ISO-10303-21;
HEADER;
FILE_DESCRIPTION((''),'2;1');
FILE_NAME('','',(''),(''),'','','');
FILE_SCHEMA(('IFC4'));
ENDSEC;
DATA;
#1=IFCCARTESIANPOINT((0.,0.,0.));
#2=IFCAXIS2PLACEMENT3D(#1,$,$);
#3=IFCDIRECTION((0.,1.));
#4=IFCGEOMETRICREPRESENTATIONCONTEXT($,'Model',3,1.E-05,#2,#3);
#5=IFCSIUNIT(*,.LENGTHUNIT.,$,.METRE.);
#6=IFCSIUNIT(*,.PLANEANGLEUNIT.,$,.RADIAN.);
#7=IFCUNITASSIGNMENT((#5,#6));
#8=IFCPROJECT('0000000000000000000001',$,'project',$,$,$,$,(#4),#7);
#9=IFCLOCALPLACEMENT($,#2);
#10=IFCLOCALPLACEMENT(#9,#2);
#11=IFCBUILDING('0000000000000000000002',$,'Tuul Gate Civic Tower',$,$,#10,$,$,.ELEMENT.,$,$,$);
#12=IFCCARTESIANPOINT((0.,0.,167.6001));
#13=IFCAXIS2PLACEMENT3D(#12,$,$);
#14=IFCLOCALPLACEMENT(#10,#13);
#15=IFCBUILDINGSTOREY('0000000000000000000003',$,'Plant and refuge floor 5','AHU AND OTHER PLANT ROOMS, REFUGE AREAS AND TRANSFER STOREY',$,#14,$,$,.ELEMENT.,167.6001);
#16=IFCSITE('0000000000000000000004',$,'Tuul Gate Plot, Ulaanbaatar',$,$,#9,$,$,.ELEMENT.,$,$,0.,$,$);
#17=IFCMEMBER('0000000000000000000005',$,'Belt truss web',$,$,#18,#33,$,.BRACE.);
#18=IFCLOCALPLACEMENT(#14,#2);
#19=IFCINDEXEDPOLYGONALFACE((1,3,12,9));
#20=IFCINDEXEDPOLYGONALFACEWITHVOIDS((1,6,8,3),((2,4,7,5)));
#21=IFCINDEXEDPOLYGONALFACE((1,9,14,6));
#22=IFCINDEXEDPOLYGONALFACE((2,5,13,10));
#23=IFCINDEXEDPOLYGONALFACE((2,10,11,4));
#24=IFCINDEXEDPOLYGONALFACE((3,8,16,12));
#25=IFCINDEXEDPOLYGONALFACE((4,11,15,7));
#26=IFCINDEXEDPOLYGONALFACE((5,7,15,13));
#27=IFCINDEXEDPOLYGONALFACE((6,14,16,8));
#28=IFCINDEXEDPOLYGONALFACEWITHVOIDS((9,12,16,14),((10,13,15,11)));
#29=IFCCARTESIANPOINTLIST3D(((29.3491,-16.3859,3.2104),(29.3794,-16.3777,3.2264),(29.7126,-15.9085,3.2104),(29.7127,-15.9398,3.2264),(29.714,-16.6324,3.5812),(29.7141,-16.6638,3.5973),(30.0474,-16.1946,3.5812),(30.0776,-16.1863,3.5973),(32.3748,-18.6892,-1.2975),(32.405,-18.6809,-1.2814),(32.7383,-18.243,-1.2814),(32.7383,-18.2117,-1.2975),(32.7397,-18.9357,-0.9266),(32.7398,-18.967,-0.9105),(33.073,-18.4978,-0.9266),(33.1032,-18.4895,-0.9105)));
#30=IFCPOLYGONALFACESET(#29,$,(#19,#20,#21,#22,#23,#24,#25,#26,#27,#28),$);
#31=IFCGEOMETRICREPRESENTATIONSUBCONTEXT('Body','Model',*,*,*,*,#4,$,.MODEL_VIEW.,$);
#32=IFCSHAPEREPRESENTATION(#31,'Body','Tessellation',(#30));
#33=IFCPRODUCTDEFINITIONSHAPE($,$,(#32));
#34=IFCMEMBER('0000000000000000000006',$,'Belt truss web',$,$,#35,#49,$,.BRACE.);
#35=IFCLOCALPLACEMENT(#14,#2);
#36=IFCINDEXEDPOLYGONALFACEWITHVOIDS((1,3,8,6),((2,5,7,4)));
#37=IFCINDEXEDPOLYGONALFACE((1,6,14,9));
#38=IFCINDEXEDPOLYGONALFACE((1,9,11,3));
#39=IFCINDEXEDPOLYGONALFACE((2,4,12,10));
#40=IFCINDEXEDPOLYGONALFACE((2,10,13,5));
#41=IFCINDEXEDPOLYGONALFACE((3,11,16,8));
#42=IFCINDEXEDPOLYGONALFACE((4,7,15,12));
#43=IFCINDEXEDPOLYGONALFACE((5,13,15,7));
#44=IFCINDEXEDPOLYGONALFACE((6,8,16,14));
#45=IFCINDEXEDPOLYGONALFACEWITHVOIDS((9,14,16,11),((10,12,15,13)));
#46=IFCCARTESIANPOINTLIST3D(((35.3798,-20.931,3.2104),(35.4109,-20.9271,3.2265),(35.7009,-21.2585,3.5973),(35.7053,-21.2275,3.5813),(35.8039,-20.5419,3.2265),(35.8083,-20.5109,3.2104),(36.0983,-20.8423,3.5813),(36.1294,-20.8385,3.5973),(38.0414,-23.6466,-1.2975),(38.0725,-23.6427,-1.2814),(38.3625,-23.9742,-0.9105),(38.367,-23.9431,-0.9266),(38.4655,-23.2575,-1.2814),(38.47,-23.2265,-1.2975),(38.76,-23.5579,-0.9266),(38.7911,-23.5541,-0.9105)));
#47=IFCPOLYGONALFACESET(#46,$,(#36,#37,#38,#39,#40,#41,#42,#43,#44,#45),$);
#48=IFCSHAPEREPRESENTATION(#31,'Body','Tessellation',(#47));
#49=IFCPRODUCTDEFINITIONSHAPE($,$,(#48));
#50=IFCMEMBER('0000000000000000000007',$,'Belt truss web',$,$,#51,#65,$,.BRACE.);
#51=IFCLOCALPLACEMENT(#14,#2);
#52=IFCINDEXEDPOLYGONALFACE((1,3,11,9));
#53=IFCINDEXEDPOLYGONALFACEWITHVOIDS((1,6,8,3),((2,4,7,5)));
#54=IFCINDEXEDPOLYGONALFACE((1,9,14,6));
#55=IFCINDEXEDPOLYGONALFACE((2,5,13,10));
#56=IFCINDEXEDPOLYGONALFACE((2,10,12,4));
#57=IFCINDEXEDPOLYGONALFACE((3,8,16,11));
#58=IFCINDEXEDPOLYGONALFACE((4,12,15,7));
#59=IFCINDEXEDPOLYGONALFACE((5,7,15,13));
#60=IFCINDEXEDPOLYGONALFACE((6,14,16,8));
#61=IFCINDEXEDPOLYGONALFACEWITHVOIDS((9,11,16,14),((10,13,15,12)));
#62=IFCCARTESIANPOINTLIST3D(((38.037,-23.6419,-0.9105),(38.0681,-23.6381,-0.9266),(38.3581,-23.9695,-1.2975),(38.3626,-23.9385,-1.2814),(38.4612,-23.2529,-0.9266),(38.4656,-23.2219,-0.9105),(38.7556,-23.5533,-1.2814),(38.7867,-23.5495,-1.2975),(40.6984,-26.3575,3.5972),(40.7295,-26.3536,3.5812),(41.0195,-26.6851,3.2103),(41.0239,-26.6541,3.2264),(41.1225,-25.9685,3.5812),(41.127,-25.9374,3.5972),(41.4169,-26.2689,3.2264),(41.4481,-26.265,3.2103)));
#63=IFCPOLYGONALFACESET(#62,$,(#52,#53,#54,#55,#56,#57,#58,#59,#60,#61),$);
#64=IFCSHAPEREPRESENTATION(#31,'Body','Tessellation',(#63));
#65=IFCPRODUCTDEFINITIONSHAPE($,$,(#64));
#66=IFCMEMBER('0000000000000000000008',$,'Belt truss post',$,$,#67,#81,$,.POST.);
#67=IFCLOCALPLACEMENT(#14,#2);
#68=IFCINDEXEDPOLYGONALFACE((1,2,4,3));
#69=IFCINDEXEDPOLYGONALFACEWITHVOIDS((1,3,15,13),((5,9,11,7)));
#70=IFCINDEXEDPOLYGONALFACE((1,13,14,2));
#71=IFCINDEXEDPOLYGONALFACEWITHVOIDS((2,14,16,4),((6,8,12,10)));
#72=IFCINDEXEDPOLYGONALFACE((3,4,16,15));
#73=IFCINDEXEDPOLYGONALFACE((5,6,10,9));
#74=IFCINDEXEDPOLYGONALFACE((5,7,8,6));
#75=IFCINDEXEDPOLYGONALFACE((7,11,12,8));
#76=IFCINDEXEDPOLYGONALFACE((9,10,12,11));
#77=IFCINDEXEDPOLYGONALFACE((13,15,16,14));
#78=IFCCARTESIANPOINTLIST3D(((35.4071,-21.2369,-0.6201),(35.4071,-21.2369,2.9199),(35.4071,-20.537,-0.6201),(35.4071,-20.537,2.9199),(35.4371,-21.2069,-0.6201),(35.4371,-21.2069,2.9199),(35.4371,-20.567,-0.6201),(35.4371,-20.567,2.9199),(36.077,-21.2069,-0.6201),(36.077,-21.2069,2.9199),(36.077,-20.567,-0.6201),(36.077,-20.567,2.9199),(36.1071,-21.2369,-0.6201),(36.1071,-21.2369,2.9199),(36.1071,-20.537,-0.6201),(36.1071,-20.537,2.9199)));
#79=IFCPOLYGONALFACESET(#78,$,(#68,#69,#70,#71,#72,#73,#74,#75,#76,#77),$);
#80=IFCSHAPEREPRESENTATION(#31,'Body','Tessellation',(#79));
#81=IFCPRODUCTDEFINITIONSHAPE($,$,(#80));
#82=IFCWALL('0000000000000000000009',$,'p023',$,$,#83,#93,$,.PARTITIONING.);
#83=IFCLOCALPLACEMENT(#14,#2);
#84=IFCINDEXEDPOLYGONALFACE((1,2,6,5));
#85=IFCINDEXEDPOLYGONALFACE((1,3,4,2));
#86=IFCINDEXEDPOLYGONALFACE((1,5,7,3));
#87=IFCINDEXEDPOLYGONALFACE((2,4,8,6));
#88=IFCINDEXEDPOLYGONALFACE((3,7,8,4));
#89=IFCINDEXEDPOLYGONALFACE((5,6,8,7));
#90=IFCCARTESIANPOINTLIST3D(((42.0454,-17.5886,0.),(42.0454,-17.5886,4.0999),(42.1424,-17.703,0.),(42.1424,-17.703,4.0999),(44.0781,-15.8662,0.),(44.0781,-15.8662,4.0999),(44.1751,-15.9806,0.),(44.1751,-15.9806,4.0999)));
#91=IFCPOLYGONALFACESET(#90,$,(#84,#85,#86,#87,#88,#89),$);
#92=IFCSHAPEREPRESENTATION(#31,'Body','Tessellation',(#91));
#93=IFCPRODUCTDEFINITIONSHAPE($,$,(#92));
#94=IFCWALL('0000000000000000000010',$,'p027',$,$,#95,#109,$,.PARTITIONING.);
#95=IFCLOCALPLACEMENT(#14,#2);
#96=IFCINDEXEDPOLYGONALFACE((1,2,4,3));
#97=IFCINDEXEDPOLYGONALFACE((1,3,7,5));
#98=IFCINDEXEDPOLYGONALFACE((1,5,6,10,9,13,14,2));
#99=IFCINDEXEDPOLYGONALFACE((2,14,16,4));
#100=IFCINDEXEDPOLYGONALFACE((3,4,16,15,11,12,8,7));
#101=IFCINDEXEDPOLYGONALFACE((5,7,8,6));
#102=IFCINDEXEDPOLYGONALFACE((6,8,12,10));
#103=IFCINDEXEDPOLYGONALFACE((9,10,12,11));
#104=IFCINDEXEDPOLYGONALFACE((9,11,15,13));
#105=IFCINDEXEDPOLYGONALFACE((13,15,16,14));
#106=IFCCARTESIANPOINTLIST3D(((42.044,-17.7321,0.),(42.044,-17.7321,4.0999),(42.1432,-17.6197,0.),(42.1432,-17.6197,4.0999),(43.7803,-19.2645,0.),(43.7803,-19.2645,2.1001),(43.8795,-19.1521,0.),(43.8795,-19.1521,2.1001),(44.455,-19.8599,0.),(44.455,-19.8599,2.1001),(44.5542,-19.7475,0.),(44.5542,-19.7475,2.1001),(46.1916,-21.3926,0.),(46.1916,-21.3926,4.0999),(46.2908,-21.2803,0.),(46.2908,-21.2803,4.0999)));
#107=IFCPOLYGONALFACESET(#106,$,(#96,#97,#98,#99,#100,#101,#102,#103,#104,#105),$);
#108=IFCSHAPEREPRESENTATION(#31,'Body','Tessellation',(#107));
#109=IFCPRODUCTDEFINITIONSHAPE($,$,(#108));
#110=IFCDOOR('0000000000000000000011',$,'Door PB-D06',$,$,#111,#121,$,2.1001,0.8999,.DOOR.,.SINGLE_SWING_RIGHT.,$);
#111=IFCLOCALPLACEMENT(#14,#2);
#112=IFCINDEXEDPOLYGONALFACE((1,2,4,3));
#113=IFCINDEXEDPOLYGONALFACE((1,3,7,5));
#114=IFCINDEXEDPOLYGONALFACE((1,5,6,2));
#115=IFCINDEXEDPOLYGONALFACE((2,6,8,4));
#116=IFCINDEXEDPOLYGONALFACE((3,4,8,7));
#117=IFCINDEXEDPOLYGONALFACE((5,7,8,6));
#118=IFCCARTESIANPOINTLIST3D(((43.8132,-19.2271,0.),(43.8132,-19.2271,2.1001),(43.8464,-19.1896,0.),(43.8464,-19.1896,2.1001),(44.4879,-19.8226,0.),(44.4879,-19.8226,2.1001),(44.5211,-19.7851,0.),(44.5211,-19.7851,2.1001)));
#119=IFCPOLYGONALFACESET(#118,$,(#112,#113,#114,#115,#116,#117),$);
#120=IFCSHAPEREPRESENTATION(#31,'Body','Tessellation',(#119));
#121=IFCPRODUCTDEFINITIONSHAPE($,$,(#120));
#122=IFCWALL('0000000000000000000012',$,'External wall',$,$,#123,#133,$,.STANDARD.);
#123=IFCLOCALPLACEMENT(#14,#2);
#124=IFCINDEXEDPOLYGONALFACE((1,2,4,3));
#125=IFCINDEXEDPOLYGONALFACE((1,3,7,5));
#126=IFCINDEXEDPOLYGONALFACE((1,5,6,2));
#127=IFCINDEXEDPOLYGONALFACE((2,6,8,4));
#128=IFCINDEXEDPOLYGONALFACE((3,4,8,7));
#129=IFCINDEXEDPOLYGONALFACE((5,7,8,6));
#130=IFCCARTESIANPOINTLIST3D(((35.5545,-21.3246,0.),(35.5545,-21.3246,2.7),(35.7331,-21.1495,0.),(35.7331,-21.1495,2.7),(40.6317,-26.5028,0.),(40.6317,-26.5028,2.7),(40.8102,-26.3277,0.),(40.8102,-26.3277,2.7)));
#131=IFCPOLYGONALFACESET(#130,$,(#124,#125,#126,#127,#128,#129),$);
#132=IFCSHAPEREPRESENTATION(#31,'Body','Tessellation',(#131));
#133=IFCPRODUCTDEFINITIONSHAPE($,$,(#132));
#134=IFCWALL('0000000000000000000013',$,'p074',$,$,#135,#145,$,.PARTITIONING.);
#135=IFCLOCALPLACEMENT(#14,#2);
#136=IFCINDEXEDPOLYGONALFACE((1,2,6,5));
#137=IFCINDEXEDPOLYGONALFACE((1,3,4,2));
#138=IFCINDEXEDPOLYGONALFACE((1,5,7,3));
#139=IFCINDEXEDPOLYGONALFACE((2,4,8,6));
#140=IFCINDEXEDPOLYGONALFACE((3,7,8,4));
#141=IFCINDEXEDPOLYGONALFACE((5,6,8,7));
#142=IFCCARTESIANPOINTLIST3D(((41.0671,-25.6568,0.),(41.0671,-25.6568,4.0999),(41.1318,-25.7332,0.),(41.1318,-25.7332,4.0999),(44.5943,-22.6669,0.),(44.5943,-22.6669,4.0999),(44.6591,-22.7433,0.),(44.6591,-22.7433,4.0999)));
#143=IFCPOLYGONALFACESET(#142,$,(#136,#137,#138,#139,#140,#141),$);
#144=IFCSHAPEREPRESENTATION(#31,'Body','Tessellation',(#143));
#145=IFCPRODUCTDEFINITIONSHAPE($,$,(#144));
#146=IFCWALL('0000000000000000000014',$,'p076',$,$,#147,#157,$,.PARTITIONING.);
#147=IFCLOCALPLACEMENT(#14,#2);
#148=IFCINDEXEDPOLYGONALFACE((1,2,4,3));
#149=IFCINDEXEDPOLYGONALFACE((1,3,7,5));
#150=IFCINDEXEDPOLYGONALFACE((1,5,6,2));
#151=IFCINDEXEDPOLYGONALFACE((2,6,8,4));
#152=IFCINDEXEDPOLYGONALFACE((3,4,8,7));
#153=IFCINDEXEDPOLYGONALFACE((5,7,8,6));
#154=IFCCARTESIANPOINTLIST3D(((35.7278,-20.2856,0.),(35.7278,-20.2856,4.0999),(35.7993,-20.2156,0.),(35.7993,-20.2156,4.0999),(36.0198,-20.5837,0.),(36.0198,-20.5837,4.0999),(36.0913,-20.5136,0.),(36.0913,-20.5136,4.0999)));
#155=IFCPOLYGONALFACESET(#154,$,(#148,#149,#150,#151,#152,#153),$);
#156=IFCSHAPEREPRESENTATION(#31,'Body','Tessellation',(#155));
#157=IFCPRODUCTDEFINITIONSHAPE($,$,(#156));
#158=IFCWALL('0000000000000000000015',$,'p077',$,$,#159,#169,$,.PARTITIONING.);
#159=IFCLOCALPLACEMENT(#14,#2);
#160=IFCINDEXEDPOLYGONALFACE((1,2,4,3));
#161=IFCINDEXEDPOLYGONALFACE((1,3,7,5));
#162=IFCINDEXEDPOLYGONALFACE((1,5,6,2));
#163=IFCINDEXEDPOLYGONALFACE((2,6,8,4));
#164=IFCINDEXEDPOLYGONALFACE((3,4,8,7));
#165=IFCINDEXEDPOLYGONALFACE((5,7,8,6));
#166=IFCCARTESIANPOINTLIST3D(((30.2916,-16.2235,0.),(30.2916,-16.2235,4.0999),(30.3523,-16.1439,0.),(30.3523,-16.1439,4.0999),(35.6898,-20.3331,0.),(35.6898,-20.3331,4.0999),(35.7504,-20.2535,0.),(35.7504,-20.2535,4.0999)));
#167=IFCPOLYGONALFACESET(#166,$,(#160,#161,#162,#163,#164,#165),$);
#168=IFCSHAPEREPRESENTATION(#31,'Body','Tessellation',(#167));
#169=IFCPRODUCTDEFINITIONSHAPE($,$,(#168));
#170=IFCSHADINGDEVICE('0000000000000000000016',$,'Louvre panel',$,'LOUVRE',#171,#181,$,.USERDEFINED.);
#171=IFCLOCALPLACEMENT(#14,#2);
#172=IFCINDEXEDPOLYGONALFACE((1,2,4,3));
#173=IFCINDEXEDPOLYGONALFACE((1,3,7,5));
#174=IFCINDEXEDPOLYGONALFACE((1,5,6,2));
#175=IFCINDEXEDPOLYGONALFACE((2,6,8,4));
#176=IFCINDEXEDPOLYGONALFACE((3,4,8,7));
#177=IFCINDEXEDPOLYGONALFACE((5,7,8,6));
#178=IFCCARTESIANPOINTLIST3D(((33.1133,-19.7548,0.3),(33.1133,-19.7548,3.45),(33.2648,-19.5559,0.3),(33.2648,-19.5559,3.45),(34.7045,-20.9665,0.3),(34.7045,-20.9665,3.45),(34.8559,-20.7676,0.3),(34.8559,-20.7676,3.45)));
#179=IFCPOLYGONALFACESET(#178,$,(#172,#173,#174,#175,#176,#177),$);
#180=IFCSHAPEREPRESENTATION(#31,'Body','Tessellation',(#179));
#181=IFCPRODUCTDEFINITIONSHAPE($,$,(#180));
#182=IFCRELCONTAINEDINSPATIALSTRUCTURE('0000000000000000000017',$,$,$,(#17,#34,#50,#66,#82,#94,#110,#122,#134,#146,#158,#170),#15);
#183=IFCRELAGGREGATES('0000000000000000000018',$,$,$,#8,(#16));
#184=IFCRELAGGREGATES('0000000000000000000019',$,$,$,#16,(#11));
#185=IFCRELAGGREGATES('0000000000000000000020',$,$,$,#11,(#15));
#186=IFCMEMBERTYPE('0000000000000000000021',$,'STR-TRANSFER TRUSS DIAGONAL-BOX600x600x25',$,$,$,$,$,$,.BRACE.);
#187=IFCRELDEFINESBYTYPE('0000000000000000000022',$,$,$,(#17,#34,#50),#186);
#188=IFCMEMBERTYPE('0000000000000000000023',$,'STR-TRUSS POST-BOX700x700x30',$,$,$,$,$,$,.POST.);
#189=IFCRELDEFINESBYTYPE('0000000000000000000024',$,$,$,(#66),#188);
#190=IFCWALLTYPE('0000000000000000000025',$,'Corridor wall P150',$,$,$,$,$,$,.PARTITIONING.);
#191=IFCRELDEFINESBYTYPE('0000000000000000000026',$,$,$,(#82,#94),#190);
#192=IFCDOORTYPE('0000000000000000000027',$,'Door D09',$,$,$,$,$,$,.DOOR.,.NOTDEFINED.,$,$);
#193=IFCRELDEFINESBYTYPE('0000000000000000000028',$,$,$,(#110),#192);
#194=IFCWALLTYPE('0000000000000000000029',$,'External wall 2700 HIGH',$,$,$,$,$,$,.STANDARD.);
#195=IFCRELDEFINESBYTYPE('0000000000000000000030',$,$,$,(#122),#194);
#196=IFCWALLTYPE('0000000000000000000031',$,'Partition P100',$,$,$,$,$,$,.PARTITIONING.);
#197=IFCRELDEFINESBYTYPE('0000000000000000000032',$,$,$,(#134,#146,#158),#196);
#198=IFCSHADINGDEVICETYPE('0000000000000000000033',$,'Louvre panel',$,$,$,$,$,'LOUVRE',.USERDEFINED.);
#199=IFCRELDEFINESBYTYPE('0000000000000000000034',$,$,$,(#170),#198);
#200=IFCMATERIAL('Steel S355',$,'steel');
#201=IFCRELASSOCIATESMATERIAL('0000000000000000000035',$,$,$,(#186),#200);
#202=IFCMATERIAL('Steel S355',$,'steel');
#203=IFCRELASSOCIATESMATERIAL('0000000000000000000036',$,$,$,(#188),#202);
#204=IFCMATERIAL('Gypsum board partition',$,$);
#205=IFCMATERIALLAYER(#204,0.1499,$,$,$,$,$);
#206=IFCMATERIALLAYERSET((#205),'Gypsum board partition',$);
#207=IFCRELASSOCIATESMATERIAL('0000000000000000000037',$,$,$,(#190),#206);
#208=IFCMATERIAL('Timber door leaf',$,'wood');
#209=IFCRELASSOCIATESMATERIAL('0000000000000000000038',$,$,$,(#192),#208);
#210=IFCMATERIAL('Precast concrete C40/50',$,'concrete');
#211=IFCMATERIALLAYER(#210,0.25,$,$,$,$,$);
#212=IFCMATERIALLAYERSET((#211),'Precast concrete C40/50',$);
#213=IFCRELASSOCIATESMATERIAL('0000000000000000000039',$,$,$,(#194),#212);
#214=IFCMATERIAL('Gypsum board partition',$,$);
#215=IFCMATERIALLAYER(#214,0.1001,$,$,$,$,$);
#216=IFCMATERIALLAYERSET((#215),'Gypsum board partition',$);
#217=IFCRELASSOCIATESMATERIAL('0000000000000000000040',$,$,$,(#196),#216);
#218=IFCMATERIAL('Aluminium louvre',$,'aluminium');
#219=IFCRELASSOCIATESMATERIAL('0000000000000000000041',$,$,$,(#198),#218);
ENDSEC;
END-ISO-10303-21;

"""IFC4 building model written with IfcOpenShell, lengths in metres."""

from ifc_helpers import new_model, si_unit, direction, frame, frame_2d, origin, origin_2d, place, context, subcontext, project, spatial, rectangle, hollow_rectangle, extrude, material, layer, layer_set, material_profile, profile_set, type_object, element, fill, save


model = new_model("IFC4")

# Units and contexts
model_context = context("Model", 3, precision=1e-05, world=origin(), true_north=direction((0.0, 1.0)))
body_context = subcontext(model_context, "Body", "Model", "MODEL_VIEW")
ifc_project = project(units=[si_unit("LENGTHUNIT", "METRE"), si_unit("PLANEANGLEUNIT", "RADIAN")], contexts=[model_context])

# Site, building, storey
site_placement = place(None, origin())
site = spatial("IfcSite", under=ifc_project, at=site_placement, Name="Tuul Gate Plot, Ulaanbaatar", CompositionType="ELEMENT", RefElevation=0.0)
building_placement = place(site_placement, origin())
building = spatial("IfcBuilding", under=site, at=building_placement, Name="Tuul Gate Civic Tower", CompositionType="ELEMENT")
storey_placement = place(building_placement, frame((0.0, 0.0, 167.6001)))
storey = spatial("IfcBuildingStorey", under=building, at=storey_placement, Name="Plant and refuge floor 5", Description="AHU AND OTHER PLANT ROOMS, REFUGE AREAS AND TRANSFER STOREY", CompositionType="ELEMENT", Elevation=167.6001)

# Members
ifc_material_1 = material(Name="Steel S355", Category="steel")
ifc_material_profile_1 = material_profile(ifc_material_1, hollow_rectangle(XDim=0.6001, YDim=0.6001, WallThickness=0.0249, at=origin_2d()), Name="BOX600x600x25")
ifc_profile_set_1 = profile_set([ifc_material_profile_1], Name="Steel S355")
member_type_1 = type_object("IfcMemberType", Name="STR-TRANSFER TRUSS DIAGONAL-BOX600x600x25", PredefinedType="BRACE", material=ifc_profile_set_1)
for number, where, z_axis, x_axis, name in (
    (1, (32.739, -18.5894, -1.104), (-0.513043, 0.390547, 0.764369), (-0.605707, -0.795688, 0.0), "Belt truss web"),
    (2, (38.4163, -23.6003, -1.104), (-0.451324, 0.460473, 0.764377), (-0.714166, -0.699976, 0.0), "Belt truss web"),
):
    element("IfcMember", number, at=place(storey_placement, frame(where, z_axis=z_axis, x_axis=x_axis)), inside=storey, type_object=member_type_1, Name=name, PredefinedType="BRACE", context=body_context, shape_type="SweptSolid", body=[
        extrude(hollow_rectangle(XDim=0.6001, YDim=0.6001, WallThickness=0.0249, at=origin_2d()), origin(), (0.0, 0.0, 1.0), 5.8975),
    ])
member_1_placement = place(storey_placement, frame((38.4119, -23.5957, -1.104), z_axis=(0.451291, -0.460481, 0.764391), x_axis=(0.714198, 0.699944, 0.0)))
element("IfcMember", 3, at=member_1_placement, inside=storey, type_object=member_type_1, Name="Belt truss web", PredefinedType="BRACE", context=body_context, shape_type="SweptSolid", body=[
    extrude(hollow_rectangle(XDim=0.6001, YDim=0.6001, WallThickness=0.0249, at=origin_2d()), origin(), (0.0, 0.0, 1.0), 5.8972),
])
ifc_material_2 = material(Name="Steel S355", Category="steel")
ifc_material_profile_2 = material_profile(ifc_material_2, hollow_rectangle(XDim=0.7, YDim=0.7, WallThickness=0.03, at=origin_2d()), Name="BOX700x700x30")
ifc_profile_set_2 = profile_set([ifc_material_profile_2], Name="Steel S355")
member_type_2 = type_object("IfcMemberType", Name="STR-TRUSS POST-BOX700x700x30", PredefinedType="POST", material=ifc_profile_set_2)
member_2_placement = place(storey_placement, frame((35.7571, -20.887, -0.6201), z_axis=(0.0, 0.0, 1.0), x_axis=(1.0, 0.0, 0.0)))
element("IfcMember", 4, at=member_2_placement, inside=storey, type_object=member_type_2, Name="Belt truss post", PredefinedType="POST", context=body_context, shape_type="SweptSolid", body=[
    extrude(hollow_rectangle(XDim=0.7, YDim=0.7, WallThickness=0.03, at=origin_2d()), origin(), (0.0, 0.0, 1.0), 3.54),
])

# Wall
ifc_material_3 = material(Name="Gypsum board partition")
ifc_layer_1 = layer(ifc_material_3, 0.1499)
ifc_layer_set_1 = layer_set([ifc_layer_1], Name="Gypsum board partition")
wall_type_1 = type_object("IfcWallType", Name="Corridor wall P150", PredefinedType="PARTITIONING", material=ifc_layer_set_1)
wall_1_placement = place(storey_placement, frame((42.094, -17.6458, 0.0), z_axis=(0.0, 0.0, 1.0), x_axis=(0.762938, 0.646472, 0.0)))
element("IfcWall", 5, at=wall_1_placement, inside=storey, type_object=wall_type_1, Name="p023", PredefinedType="PARTITIONING", context=body_context, shape_type="SweptSolid", body=[
    extrude(rectangle(XDim=2.6643, YDim=0.1499, at=frame_2d((1.332, 0.0))), origin(), (0.0, 0.0, 1.0), 4.0999),
])

# Wall, opening, door
wall_2_placement = place(storey_placement, frame((42.0935, -17.6758, 0.0), z_axis=(0.0, 0.0, 1.0), x_axis=(0.749757, -0.661714, 0.0)))
wall_2 = element("IfcWall", 6, at=wall_2_placement, inside=storey, type_object=wall_type_1, Name="p027", PredefinedType="PARTITIONING", context=body_context, shape_type="SweptSolid", body=[
    extrude(rectangle(XDim=5.532, YDim=0.1499, at=frame_2d((2.7661, 0.0))), origin(), (0.0, 0.0, 1.0), 4.0999),
])
opening_placement = place(wall_2_placement, frame((2.3159, 0.0, 0.0)))
opening = element("IfcOpeningElement", 7, at=opening_placement, cuts=wall_2, PredefinedType="OPENING", context=body_context, shape_type="SweptSolid", body=[
    extrude(rectangle(XDim=0.8999, YDim=2.1001, at=frame_2d((0.45, 1.05))), frame((0.0, 0.085, 0.0), z_axis=(0.0, -1.0, 0.0), x_axis=(1.0, 0.0, 0.0)), (0.0, 0.0, 1.0), 0.1699),
])
ifc_material_4 = material(Name="Timber door leaf", Category="wood")
door_type = type_object("IfcDoorType", Name="Door D09", OperationType="NOTDEFINED", PredefinedType="DOOR", material=ifc_material_4)
door_placement = place(opening_placement, origin())
door = element("IfcDoor", 8, at=door_placement, inside=storey, type_object=door_type, Name="Door PB-D06", OperationType="SINGLE_SWING_RIGHT", OverallHeight=2.1001, OverallWidth=0.8999, PredefinedType="DOOR", context=body_context, shape_type="SweptSolid", body=[
    extrude(rectangle(XDim=0.8999, YDim=2.1001, at=frame_2d((0.45, 1.05))), frame((0.0, 0.0249, 0.0), z_axis=(0.0, -1.0, 0.0), x_axis=(1.0, 0.0, 0.0)), (0.0, 0.0, 1.0), 0.05),
])
fill(opening, door)

# Walls
ifc_material_5 = material(Name="Precast concrete C40/50", Category="concrete")
ifc_layer_2 = layer(ifc_material_5, 0.25)
ifc_layer_set_2 = layer_set([ifc_layer_2], Name="Precast concrete C40/50")
wall_type_2 = type_object("IfcWallType", Name="External wall 2700 HIGH", PredefinedType="STANDARD", material=ifc_layer_set_2)
wall_3_placement = place(storey_placement, frame((35.6438, -21.2371, 0.0), z_axis=(0.0, 0.0, 1.0), x_axis=(0.700104, -0.714041, 0.0)))
element("IfcWall", 9, at=wall_3_placement, inside=storey, type_object=wall_type_2, Name="External wall", PredefinedType="STANDARD", context=body_context, shape_type="SweptSolid", body=[
    extrude(rectangle(XDim=7.252, YDim=0.25, at=frame_2d((3.626, 0.0))), origin(), (0.0, 0.0, 1.0), 2.7),
])
ifc_material_6 = material(Name="Gypsum board partition")
ifc_layer_3 = layer(ifc_material_6, 0.1001)
ifc_layer_set_3 = layer_set([ifc_layer_3], Name="Gypsum board partition")
wall_type_3 = type_object("IfcWallType", Name="Partition P100", PredefinedType="PARTITIONING", material=ifc_layer_set_3)
wall_4_placement = place(storey_placement, frame((44.6267, -22.7051, 0.0), z_axis=(0.0, 0.0, 1.0), x_axis=(-0.762819, -0.646612, 0.0)))
element("IfcWall", 10, at=wall_4_placement, inside=storey, type_object=wall_type_3, Name="p074", PredefinedType="PARTITIONING", context=body_context, shape_type="SweptSolid", body=[
    extrude(rectangle(XDim=4.624, YDim=0.1001, at=frame_2d((2.312, 0.0))), origin(), (0.0, 0.0, 1.0), 4.0999),
])
wall_5_placement = place(storey_placement, frame((36.0554, -20.5486, 0.0), z_axis=(0.0, 0.0, 1.0), x_axis=(-0.699755, 0.714382, 0.0)))
element("IfcWall", 11, at=wall_5_placement, inside=storey, type_object=wall_type_3, Name="p076", PredefinedType="PARTITIONING", context=body_context, shape_type="SweptSolid", body=[
    extrude(rectangle(XDim=0.4172, YDim=0.1001, at=frame_2d((0.2085, 0.0))), origin(), (0.0, 0.0, 1.0), 4.0999),
])
wall_6_placement = place(storey_placement, frame((35.72, -20.2932, 0.0), z_axis=(0.0, 0.0, 1.0), x_axis=(-0.795665, 0.605736, 0.0)))
element("IfcWall", 12, at=wall_6_placement, inside=storey, type_object=wall_type_3, Name="p077", PredefinedType="PARTITIONING", context=body_context, shape_type="SweptSolid", body=[
    extrude(rectangle(XDim=6.7844, YDim=0.1001, at=frame_2d((3.3921, 0.0))), origin(), (0.0, 0.0, 1.0), 4.0999),
])

# Shading device
ifc_material_7 = material(Name="Aluminium louvre", Category="aluminium")
shading_device_type = type_object("IfcShadingDeviceType", Name="Louvre panel", ElementType="LOUVRE", PredefinedType="USERDEFINED", material=ifc_material_7)
shading_device_1_placement = place(storey_placement, frame((33.9846, -20.2612, 0.3), z_axis=(0.0, 0.0, 1.0), x_axis=(-0.605851, -0.795578, 0.0)))
element("IfcShadingDevice", 13, at=shading_device_1_placement, inside=storey, type_object=shading_device_type, Name="Louvre panel", ObjectType="LOUVRE", PredefinedType="USERDEFINED", context=body_context, shape_type="SweptSolid", body=[
    extrude(rectangle(XDim=0.25, YDim=2.0, at=origin_2d()), origin(), (0.0, 0.0, 1.0), 3.1499),
])

save(model, "model.ifc")
